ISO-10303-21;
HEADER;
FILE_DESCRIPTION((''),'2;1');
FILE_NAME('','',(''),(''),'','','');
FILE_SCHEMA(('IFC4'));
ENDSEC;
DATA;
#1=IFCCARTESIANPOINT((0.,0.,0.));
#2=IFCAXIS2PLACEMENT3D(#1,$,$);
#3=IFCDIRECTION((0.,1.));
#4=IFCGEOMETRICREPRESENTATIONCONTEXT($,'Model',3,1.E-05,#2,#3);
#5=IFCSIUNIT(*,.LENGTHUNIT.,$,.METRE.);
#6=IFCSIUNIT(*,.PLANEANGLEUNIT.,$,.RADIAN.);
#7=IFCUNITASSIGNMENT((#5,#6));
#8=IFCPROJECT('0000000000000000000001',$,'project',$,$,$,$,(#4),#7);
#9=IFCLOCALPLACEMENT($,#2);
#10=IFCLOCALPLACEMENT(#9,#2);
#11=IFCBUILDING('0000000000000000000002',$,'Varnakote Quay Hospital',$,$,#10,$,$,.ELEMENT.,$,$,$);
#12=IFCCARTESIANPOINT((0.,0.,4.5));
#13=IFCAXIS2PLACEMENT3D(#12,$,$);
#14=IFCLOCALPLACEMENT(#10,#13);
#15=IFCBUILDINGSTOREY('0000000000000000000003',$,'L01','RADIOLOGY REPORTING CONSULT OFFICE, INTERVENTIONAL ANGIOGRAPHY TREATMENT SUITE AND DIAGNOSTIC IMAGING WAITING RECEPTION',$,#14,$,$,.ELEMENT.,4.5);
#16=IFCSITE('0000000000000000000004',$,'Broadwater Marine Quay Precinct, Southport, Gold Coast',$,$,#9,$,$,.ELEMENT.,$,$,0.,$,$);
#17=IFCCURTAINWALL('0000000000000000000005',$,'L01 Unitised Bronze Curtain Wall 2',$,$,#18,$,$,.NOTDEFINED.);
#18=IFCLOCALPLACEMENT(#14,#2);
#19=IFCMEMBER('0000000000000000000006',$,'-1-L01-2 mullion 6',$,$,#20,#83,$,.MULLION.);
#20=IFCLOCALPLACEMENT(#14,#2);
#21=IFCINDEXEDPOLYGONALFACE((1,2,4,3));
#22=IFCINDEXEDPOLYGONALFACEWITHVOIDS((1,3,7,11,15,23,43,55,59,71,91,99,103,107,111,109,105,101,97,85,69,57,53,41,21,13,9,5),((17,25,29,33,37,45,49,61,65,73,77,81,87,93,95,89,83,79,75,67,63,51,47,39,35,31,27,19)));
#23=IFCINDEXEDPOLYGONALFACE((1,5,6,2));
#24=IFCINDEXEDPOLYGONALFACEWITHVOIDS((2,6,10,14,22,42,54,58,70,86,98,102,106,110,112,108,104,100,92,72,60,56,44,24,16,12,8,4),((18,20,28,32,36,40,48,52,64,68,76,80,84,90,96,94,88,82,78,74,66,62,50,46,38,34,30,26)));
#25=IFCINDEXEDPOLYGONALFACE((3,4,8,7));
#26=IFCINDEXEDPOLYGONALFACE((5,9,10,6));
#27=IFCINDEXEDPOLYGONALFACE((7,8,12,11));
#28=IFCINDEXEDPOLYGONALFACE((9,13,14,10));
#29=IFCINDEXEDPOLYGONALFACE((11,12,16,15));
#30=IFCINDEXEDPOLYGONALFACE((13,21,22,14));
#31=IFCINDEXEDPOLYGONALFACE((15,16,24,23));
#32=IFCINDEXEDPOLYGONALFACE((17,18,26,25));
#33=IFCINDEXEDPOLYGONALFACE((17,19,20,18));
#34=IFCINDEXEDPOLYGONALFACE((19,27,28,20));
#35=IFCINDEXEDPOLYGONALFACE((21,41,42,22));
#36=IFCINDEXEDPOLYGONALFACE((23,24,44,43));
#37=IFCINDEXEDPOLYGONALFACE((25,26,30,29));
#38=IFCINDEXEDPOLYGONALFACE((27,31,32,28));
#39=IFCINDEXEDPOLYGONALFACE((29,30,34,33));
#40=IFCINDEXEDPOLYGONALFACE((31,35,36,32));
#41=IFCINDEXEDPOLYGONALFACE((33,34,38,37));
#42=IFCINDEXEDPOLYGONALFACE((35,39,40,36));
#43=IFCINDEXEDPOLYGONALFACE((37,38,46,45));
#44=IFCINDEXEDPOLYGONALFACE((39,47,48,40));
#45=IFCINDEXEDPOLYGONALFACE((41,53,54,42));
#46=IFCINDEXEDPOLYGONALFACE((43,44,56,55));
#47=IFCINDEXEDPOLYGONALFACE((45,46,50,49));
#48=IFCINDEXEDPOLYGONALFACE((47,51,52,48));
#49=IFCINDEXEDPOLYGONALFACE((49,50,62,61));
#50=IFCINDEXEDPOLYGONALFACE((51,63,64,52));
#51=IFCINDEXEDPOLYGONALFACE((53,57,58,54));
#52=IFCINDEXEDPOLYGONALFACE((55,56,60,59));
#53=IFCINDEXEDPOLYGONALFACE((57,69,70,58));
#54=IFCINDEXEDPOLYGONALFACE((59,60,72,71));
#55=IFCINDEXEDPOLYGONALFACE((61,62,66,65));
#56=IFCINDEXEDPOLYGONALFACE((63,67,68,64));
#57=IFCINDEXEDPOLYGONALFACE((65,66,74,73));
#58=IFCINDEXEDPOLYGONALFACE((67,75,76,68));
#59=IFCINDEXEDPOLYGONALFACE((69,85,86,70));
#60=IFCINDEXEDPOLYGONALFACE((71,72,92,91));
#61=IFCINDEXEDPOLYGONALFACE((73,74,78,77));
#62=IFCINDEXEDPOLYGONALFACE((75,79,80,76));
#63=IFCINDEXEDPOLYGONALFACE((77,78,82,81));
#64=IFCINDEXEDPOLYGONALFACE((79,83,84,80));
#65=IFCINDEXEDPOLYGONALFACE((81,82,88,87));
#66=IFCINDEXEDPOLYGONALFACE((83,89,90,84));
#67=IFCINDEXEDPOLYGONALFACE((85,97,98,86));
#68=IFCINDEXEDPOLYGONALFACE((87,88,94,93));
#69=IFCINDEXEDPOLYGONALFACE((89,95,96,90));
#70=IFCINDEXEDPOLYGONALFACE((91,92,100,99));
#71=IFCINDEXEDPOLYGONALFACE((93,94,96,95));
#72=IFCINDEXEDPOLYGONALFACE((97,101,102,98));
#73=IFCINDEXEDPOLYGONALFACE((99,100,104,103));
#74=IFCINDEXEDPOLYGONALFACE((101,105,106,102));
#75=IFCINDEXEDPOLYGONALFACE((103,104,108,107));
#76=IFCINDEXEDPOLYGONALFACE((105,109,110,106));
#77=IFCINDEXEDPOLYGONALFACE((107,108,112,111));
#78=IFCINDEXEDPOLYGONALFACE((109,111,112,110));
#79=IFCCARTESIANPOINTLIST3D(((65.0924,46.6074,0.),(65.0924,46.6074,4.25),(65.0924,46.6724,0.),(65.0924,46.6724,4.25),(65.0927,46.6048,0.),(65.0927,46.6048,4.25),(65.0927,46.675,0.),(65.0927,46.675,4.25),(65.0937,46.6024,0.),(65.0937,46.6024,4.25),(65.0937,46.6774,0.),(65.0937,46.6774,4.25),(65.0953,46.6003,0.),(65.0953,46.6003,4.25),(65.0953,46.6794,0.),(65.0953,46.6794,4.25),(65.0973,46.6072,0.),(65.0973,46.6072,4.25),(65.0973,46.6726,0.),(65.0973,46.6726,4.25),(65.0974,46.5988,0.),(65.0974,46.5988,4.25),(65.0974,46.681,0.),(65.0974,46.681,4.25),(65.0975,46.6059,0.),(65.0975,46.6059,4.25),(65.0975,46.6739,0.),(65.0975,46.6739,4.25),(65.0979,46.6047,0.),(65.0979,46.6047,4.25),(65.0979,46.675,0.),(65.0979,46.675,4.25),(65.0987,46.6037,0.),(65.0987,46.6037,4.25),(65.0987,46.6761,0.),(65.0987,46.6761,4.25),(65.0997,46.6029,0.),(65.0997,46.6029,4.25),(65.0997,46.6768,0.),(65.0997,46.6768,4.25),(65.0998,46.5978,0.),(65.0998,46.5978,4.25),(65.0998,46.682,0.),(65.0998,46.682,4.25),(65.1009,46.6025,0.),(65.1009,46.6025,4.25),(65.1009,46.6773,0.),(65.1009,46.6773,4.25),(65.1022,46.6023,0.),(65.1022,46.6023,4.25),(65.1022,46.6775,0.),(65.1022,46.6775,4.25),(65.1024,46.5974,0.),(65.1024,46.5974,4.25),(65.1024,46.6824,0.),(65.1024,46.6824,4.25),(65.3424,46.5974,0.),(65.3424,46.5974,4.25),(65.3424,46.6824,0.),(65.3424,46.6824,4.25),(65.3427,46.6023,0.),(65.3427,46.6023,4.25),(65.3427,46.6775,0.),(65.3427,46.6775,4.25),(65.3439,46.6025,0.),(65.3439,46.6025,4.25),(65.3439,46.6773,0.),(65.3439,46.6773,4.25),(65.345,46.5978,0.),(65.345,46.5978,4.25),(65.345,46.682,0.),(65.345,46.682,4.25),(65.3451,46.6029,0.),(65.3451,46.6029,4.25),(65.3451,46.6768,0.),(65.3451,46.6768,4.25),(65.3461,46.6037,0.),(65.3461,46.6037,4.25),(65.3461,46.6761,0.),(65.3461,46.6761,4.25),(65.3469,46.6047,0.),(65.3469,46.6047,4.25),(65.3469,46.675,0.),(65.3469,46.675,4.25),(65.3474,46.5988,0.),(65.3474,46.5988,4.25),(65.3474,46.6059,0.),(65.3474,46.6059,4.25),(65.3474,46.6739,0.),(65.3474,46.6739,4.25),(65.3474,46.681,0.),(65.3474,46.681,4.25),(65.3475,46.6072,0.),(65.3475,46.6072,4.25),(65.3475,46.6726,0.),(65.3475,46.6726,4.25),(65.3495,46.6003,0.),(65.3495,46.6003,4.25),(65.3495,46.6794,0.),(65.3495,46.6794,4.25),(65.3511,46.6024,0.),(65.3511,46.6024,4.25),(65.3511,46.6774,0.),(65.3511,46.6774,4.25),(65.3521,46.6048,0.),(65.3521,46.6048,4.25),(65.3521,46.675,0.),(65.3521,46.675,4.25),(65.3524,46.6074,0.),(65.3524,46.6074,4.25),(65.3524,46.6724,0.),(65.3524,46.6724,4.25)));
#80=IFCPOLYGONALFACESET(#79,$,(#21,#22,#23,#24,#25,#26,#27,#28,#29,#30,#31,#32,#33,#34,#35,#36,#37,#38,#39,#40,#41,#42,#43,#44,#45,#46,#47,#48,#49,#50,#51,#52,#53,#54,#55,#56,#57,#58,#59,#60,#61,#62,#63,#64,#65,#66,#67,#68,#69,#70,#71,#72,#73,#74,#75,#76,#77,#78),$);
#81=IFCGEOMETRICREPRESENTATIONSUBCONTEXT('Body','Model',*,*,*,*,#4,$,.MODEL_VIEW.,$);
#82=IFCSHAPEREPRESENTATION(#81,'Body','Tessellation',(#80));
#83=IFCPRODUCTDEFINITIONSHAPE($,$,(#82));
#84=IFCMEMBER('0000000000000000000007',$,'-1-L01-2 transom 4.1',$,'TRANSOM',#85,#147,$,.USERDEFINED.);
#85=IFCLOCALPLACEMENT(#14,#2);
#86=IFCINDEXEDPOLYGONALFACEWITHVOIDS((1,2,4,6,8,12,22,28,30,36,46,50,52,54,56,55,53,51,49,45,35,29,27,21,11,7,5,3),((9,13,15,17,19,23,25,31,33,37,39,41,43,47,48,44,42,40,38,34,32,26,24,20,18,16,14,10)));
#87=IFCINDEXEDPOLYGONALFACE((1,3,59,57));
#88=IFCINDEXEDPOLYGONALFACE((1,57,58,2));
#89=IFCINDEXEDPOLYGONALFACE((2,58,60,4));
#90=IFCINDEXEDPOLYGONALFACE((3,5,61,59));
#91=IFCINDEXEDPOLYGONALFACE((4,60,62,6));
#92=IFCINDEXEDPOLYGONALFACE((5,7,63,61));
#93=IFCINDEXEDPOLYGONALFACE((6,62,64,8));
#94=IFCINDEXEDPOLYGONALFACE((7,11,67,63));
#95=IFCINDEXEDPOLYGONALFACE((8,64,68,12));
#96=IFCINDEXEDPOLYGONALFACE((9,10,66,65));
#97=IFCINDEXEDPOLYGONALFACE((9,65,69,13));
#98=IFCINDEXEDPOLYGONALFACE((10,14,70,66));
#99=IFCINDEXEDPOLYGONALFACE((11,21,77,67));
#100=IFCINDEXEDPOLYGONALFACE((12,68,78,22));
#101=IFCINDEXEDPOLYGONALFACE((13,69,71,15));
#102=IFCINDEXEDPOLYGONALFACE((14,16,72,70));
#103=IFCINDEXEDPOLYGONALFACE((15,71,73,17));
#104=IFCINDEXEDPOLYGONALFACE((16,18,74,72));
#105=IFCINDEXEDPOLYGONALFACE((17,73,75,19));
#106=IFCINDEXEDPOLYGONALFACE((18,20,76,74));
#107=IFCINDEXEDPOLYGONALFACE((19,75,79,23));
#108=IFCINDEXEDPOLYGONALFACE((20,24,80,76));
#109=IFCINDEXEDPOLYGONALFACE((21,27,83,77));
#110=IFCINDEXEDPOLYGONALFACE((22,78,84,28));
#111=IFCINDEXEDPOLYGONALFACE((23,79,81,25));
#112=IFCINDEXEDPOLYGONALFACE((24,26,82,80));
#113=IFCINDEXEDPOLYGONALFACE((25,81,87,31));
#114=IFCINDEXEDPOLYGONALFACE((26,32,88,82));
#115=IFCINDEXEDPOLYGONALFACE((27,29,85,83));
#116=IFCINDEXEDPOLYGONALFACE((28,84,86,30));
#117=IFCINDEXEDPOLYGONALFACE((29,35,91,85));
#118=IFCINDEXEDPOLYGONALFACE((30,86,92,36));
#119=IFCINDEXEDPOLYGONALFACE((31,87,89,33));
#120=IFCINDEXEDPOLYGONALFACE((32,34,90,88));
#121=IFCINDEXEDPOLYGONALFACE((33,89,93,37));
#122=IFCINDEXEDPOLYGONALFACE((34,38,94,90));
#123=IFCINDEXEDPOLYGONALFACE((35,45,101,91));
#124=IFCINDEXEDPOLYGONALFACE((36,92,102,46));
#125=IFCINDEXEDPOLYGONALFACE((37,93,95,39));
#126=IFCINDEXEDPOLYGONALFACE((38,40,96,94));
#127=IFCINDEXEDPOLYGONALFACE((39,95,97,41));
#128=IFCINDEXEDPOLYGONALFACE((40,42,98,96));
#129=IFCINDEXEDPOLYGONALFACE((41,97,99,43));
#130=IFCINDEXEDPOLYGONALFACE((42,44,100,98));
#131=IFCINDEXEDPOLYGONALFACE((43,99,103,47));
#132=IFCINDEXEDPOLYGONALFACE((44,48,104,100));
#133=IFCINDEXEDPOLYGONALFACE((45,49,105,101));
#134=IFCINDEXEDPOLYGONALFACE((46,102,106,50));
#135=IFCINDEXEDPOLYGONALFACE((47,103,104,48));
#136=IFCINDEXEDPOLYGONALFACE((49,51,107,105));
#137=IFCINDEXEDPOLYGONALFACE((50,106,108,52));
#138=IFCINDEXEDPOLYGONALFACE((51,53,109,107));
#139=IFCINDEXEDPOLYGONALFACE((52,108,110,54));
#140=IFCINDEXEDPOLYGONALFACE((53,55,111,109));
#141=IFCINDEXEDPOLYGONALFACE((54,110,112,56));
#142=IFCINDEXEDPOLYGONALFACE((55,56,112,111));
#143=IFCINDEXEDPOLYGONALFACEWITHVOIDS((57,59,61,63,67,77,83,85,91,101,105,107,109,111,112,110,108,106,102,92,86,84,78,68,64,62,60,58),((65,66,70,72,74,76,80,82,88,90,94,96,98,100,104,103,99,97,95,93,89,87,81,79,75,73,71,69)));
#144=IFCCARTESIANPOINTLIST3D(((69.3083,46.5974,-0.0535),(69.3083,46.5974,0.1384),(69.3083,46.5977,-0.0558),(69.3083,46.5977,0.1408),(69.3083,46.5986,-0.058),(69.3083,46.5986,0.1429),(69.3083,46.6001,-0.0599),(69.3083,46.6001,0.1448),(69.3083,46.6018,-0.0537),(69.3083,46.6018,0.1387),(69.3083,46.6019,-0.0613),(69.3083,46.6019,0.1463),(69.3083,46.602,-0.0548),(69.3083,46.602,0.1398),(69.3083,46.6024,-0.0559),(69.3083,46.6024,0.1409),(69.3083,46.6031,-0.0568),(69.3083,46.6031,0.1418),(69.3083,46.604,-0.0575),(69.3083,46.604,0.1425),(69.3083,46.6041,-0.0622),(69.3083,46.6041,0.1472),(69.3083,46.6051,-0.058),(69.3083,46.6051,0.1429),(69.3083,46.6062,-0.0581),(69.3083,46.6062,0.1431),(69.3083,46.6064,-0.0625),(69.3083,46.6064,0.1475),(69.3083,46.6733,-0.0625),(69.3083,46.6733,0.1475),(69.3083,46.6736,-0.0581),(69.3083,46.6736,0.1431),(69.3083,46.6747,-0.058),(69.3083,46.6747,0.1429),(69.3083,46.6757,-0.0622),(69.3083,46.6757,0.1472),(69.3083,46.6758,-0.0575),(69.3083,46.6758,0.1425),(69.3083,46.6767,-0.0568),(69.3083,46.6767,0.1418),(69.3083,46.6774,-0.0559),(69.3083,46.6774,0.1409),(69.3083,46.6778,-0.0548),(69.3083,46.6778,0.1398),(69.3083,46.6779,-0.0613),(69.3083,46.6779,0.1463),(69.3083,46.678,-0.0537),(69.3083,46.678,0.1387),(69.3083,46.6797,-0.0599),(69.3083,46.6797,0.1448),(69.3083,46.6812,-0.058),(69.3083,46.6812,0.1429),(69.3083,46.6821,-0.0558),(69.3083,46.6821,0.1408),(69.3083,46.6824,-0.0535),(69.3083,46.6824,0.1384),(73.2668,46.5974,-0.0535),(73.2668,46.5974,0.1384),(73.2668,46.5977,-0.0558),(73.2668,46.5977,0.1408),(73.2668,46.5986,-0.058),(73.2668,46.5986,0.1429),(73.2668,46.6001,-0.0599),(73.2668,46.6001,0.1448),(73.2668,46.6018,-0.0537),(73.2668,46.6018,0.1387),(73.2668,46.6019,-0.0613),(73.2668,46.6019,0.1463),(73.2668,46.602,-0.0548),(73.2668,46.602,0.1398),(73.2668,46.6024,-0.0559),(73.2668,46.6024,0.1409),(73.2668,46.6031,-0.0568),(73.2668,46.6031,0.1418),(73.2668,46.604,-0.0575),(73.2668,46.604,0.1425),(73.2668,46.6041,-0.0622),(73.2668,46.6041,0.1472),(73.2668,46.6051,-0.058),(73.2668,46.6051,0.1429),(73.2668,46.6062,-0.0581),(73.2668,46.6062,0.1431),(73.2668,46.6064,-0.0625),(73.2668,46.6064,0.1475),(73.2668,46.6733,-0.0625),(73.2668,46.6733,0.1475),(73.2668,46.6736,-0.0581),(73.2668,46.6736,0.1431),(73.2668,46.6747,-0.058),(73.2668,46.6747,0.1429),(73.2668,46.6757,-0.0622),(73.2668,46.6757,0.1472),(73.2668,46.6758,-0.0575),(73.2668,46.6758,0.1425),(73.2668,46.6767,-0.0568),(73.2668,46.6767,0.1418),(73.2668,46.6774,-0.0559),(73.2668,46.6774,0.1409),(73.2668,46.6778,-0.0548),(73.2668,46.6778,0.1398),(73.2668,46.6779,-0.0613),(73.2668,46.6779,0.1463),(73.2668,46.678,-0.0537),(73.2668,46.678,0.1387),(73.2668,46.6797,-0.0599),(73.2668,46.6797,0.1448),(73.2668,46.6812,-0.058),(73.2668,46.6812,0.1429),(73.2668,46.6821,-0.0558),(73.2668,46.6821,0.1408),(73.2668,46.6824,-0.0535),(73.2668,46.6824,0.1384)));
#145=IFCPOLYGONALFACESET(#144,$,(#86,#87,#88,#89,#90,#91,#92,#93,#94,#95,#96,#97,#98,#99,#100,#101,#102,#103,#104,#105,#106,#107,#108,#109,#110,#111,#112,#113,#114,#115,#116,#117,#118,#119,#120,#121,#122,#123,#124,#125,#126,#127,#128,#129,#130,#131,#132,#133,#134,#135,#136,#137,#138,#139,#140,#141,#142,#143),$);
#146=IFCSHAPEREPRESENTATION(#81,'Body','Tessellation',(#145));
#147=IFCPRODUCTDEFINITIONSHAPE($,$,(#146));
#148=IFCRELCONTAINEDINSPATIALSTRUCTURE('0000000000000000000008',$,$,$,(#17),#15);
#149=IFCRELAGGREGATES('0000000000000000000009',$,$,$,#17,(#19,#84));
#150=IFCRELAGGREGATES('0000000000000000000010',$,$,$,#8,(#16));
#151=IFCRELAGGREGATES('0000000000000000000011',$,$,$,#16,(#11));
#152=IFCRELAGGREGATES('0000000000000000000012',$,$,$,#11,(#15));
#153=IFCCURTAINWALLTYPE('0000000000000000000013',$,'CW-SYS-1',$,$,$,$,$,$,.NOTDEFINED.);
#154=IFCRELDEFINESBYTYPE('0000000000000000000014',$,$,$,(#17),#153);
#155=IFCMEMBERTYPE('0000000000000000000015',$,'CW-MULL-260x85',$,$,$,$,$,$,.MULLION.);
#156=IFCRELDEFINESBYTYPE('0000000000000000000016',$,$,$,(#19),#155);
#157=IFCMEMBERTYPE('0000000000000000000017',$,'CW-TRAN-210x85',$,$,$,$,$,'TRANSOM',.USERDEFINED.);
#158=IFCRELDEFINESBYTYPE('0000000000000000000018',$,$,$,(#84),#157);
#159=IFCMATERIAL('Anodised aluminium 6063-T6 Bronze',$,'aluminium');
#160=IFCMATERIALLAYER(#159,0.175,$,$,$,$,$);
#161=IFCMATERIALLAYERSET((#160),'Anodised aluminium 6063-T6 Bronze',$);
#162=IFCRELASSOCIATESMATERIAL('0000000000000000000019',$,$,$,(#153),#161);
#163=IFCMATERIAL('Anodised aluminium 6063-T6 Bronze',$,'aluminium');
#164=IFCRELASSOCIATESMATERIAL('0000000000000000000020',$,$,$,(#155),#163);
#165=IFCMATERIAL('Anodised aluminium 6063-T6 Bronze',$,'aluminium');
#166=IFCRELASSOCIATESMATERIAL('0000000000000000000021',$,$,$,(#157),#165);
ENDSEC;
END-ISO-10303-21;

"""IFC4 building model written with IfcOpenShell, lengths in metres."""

from ifc_helpers import new_model, si_unit, direction, frame, origin, origin_2d, place, context, subcontext, project, spatial, hollow_rectangle, extrude, material, layer, layer_set, material_profile, profile_set, type_object, element, aggregate, save


model = new_model("IFC4")

# Units and contexts
model_context = context("Model", 3, precision=1e-05, world=origin(), true_north=direction((0.0, 1.0)))
body_context = subcontext(model_context, "Body", "Model", "MODEL_VIEW")
ifc_project = project(units=[si_unit("LENGTHUNIT", "METRE"), si_unit("PLANEANGLEUNIT", "RADIAN")], contexts=[model_context])

# Site, building, storey
site_placement = place(None, origin())
site = spatial("IfcSite", under=ifc_project, at=site_placement, Name="Broadwater Marine Quay Precinct, Southport, Gold Coast", CompositionType="ELEMENT", RefElevation=0.0)
building_placement = place(site_placement, origin())
building = spatial("IfcBuilding", under=site, at=building_placement, Name="Varnakote Quay Hospital", CompositionType="ELEMENT")
storey_placement = place(building_placement, frame((0.0, 0.0, 4.5)))
storey = spatial("IfcBuildingStorey", under=building, at=storey_placement, Name="L01", Description="RADIOLOGY REPORTING CONSULT OFFICE, INTERVENTIONAL ANGIOGRAPHY TREATMENT SUITE AND DIAGNOSTIC IMAGING WAITING RECEPTION", CompositionType="ELEMENT", Elevation=4.5)

# Curtain wall, members
ifc_material_1 = material(Name="Anodised aluminium 6063-T6 Bronze", Category="aluminium")
ifc_layer_1 = layer(ifc_material_1, 0.175)
ifc_layer_set_1 = layer_set([ifc_layer_1], Name="Anodised aluminium 6063-T6 Bronze")
curtain_wall_type = type_object("IfcCurtainWallType", Name="CW-SYS-1", PredefinedType="NOTDEFINED", material=ifc_layer_set_1)
curtain_wall_placement = place(storey_placement, origin())
curtain_wall = element("IfcCurtainWall", 1, at=curtain_wall_placement, inside=storey, type_object=curtain_wall_type, Name="L01 Unitised Bronze Curtain Wall 2", PredefinedType="NOTDEFINED")
ifc_material_2 = material(Name="Anodised aluminium 6063-T6 Bronze", Category="aluminium")
ifc_material_profile_1 = material_profile(ifc_material_2, hollow_rectangle(XDim=0.085, YDim=0.26, WallThickness=0.0049, InnerFilletRadius=0.0049, OuterFilletRadius=0.01, at=origin_2d()), Name="CW-MULL-260x85")
ifc_profile_set_1 = profile_set([ifc_material_profile_1], Name="Anodised aluminium 6063-T6 Bronze")
member_type_1 = type_object("IfcMemberType", Name="CW-MULL-260x85", PredefinedType="MULLION", material=ifc_profile_set_1)
member_1_placement = place(storey_placement, frame((65.2224, 46.6399, 0.0), z_axis=(0.0, 0.0, 1.0), x_axis=(0.0, -1.0, 0.0)))
member_1 = element("IfcMember", 2, at=member_1_placement, type_object=member_type_1, Name="-1-L01-2 mullion 6", PredefinedType="MULLION", context=body_context, shape_type="SweptSolid", body=[
    extrude(hollow_rectangle(XDim=0.085, YDim=0.26, WallThickness=0.0049, InnerFilletRadius=0.0049, OuterFilletRadius=0.01, at=origin_2d()), origin(), (0.0, 0.0, 1.0), 4.25),
])
ifc_material_3 = material(Name="Anodised aluminium 6063-T6 Bronze", Category="aluminium")
ifc_material_profile_2 = material_profile(ifc_material_3, hollow_rectangle(XDim=0.085, YDim=0.21, WallThickness=0.0044, InnerFilletRadius=0.0044, OuterFilletRadius=0.009, at=origin_2d()), Name="CW-TRAN-210x85")
ifc_profile_set_2 = profile_set([ifc_material_profile_2], Name="Anodised aluminium 6063-T6 Bronze")
member_type_2 = type_object("IfcMemberType", Name="CW-TRAN-210x85", ElementType="TRANSOM", PredefinedType="USERDEFINED", material=ifc_profile_set_2)
member_2_placement = place(storey_placement, frame((73.2668, 46.6399, 0.0425), z_axis=(-1.0, 0.0, 0.0), x_axis=(0.0, -1.0, 0.0)))
member_2 = element("IfcMember", 3, at=member_2_placement, type_object=member_type_2, Name="-1-L01-2 transom 4.1", ObjectType="TRANSOM", PredefinedType="USERDEFINED", context=body_context, shape_type="SweptSolid", body=[
    extrude(hollow_rectangle(XDim=0.085, YDim=0.21, WallThickness=0.0044, InnerFilletRadius=0.0044, OuterFilletRadius=0.009, at=origin_2d()), origin(), (0.0, 0.0, 1.0), 3.9585),
])

aggregate(curtain_wall, [member_1, member_2])

save(model, "model.ifc")
